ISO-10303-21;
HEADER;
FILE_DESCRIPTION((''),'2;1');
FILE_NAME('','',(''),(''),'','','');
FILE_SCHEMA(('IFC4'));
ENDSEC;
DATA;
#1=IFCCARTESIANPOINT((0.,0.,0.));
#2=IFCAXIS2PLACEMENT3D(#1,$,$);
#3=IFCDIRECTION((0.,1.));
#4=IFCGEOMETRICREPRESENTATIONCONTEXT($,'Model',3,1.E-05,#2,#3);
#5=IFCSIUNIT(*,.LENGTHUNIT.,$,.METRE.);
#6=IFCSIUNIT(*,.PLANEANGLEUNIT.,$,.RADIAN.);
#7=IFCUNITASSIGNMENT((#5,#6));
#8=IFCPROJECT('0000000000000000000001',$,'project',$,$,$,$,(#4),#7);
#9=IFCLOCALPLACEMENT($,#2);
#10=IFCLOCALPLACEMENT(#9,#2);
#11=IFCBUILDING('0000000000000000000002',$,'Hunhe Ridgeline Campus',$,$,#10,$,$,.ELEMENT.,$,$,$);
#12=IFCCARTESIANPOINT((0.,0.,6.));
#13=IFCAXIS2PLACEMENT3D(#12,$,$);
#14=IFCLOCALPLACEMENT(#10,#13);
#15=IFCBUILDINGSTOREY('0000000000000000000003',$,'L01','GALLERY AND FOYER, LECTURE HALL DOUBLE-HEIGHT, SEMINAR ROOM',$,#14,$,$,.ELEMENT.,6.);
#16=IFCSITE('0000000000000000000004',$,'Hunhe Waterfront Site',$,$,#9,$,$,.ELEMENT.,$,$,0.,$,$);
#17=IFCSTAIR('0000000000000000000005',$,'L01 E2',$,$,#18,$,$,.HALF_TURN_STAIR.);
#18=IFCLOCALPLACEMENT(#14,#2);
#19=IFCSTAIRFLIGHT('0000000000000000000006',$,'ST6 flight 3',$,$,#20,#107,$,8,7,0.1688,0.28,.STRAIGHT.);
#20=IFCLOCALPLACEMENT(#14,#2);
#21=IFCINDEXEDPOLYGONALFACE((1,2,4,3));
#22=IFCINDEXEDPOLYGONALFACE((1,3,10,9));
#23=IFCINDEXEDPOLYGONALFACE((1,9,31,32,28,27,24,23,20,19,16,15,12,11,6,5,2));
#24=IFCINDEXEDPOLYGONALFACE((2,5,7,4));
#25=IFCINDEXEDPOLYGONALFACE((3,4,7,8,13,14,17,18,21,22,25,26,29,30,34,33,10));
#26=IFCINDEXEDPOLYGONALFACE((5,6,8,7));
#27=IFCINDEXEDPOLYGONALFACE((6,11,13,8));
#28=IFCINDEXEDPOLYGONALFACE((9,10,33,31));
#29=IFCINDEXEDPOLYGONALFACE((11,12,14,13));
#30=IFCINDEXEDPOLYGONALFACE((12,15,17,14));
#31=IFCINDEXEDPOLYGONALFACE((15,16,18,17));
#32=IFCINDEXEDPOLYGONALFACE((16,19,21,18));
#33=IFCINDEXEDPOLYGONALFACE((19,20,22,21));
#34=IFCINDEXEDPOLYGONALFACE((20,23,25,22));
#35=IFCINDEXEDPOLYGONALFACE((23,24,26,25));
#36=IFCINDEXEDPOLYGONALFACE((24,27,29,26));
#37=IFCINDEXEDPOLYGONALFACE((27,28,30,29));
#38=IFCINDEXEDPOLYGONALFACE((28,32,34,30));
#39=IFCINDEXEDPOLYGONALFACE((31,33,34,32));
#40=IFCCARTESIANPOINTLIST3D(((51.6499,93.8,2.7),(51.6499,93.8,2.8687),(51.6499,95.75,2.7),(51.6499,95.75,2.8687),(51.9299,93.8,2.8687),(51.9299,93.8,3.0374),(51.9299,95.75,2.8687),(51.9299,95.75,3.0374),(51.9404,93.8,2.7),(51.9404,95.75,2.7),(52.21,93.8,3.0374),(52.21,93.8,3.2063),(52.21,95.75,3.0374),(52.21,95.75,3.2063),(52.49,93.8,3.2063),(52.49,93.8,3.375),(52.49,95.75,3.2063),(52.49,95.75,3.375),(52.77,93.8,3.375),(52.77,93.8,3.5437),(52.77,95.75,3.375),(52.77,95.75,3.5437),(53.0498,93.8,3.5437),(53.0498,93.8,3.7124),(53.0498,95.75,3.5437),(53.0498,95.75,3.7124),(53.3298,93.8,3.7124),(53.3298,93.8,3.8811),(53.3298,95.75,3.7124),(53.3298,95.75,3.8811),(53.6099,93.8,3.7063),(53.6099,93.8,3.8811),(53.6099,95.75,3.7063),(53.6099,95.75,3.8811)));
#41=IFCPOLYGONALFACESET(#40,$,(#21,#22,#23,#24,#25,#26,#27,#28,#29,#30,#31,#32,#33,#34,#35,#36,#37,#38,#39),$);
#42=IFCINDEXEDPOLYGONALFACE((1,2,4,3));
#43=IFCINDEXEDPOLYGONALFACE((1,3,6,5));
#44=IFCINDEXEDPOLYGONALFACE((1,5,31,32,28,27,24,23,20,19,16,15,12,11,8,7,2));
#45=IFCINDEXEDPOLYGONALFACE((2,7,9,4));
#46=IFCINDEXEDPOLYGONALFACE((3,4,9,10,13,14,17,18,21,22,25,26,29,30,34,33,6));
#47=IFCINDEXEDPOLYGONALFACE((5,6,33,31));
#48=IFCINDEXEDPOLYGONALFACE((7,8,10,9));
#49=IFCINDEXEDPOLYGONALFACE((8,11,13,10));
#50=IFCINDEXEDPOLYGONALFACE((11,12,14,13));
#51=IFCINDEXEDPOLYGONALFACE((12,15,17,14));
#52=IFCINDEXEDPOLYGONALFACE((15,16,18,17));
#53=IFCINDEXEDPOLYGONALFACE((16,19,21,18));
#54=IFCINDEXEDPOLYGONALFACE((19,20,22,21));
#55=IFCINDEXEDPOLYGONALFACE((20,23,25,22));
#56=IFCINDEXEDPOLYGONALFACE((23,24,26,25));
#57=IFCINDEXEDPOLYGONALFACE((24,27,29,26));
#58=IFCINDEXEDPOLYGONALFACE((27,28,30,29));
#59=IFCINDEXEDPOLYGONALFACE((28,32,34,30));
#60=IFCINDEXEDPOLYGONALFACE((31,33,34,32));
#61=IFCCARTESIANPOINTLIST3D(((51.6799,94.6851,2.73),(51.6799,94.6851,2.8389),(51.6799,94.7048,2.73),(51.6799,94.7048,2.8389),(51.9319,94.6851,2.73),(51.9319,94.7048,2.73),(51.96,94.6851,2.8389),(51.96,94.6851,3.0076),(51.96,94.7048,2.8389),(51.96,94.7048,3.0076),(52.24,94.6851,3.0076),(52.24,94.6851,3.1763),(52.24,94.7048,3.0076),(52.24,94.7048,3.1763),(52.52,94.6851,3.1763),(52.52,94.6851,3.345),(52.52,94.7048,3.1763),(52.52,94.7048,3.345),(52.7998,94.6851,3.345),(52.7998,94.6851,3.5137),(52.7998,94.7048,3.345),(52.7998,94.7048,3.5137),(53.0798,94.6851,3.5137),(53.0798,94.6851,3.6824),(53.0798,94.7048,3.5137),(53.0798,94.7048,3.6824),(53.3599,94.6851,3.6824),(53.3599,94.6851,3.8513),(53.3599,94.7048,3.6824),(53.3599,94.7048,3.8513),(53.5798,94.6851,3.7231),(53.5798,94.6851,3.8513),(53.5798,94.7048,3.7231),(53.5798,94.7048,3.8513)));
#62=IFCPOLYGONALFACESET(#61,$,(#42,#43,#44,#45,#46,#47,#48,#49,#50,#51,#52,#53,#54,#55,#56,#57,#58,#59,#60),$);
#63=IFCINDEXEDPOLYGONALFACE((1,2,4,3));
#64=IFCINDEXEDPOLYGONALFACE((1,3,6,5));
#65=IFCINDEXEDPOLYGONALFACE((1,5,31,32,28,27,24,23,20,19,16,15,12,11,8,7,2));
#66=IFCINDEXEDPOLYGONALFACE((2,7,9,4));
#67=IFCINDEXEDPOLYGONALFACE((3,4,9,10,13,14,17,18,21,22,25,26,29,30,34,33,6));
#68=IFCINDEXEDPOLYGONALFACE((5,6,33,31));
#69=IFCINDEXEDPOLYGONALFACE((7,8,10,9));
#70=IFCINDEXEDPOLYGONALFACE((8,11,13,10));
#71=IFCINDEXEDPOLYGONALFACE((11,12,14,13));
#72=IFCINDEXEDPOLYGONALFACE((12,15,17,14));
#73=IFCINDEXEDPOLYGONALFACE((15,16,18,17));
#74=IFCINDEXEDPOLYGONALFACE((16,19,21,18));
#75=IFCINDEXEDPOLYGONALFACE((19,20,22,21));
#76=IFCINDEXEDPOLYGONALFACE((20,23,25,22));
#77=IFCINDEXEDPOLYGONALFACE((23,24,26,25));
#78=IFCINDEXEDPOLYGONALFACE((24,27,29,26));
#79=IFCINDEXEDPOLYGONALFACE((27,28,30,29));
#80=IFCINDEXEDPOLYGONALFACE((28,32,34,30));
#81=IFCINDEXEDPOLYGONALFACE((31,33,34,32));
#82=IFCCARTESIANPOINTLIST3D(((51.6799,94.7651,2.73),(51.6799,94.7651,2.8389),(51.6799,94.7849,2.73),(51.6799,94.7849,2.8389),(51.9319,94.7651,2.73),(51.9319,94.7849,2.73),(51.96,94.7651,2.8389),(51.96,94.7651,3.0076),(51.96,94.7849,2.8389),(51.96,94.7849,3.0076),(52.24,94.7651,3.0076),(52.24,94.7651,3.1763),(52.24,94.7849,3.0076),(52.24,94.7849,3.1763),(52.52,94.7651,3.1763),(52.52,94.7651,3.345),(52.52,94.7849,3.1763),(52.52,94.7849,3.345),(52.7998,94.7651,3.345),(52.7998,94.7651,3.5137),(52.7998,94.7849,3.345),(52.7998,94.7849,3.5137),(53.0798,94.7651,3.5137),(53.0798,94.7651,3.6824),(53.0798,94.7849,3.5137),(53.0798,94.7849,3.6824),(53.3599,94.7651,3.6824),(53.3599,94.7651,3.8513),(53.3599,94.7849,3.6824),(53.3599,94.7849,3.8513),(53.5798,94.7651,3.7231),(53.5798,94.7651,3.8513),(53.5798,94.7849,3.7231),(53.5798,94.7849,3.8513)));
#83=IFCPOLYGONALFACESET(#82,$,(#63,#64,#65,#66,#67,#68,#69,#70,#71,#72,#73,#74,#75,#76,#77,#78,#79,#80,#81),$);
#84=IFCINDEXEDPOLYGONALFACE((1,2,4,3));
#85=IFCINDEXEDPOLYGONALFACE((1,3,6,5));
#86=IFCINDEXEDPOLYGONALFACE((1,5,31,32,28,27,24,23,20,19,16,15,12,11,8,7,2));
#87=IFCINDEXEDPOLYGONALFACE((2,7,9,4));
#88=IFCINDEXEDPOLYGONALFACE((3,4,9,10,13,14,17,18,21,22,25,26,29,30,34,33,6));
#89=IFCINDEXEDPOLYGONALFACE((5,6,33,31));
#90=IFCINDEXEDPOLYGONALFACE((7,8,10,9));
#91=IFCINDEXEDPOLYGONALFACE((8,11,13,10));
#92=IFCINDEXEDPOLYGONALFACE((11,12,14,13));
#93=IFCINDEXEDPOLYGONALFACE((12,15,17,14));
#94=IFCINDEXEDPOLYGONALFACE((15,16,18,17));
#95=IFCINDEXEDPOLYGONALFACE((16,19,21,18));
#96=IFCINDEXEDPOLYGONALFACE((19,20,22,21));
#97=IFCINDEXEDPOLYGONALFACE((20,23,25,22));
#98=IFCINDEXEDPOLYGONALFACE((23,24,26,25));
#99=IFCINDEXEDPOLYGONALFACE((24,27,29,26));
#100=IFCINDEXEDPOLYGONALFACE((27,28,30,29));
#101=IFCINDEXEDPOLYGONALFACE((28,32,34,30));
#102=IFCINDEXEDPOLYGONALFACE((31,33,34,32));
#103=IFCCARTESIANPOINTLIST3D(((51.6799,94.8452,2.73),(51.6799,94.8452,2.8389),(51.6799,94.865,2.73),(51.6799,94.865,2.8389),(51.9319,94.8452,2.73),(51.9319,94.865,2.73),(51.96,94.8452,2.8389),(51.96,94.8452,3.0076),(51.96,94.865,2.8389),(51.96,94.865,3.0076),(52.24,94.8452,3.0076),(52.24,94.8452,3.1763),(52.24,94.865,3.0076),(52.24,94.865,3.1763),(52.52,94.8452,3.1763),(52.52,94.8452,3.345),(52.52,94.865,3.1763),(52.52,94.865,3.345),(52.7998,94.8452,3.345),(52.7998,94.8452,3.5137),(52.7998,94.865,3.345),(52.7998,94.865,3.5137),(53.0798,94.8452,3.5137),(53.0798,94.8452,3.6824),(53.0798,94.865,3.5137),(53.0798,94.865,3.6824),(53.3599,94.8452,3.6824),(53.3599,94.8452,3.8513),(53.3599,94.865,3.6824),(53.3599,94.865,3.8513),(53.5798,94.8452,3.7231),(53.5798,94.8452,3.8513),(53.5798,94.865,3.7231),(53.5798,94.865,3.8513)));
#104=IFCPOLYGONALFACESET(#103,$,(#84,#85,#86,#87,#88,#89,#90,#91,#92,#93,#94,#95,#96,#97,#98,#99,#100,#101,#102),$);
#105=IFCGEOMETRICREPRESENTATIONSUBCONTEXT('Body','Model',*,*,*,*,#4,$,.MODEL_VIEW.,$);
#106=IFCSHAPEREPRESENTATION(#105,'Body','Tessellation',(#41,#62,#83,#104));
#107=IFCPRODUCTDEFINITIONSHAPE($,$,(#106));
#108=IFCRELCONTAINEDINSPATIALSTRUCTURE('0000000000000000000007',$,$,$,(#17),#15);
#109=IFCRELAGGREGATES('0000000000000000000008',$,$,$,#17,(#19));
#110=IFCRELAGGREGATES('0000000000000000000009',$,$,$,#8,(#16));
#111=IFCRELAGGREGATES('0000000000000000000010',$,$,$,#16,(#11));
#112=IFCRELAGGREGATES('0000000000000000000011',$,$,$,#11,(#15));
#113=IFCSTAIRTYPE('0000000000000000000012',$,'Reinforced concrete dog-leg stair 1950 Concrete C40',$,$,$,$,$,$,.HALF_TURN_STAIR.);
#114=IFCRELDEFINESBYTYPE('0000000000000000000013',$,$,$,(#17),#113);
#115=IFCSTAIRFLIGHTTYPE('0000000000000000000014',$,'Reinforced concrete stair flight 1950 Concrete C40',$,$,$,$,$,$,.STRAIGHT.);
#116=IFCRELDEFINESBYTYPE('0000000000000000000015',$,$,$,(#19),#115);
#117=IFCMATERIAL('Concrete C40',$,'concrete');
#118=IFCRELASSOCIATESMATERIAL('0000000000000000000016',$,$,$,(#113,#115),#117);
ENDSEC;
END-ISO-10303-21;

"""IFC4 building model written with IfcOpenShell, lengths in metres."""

from ifc_helpers import new_model, si_unit, direction, frame, origin, place, context, subcontext, project, spatial, polyline, outline, extrude, material, type_object, element, aggregate, save


model = new_model("IFC4")

# Units and contexts
model_context = context("Model", 3, precision=1e-05, world=origin(), true_north=direction((0.0, 1.0)))
body_context = subcontext(model_context, "Body", "Model", "MODEL_VIEW")
ifc_project = project(units=[si_unit("LENGTHUNIT", "METRE"), si_unit("PLANEANGLEUNIT", "RADIAN")], contexts=[model_context])

# Site, building, storey
site_placement = place(None, origin())
site = spatial("IfcSite", under=ifc_project, at=site_placement, Name="Hunhe Waterfront Site", CompositionType="ELEMENT", RefElevation=0.0)
building_placement = place(site_placement, origin())
building = spatial("IfcBuilding", under=site, at=building_placement, Name="Hunhe Ridgeline Campus", CompositionType="ELEMENT")
storey_placement = place(building_placement, frame((0.0, 0.0, 6.0)))
storey = spatial("IfcBuildingStorey", under=building, at=storey_placement, Name="L01", Description="GALLERY AND FOYER, LECTURE HALL DOUBLE-HEIGHT, SEMINAR ROOM", CompositionType="ELEMENT", Elevation=6.0)

# Stair, stair flight
ifc_material_1 = material(Name="Concrete C40", Category="concrete")
stair_type = type_object("IfcStairType", Name="Reinforced concrete dog-leg stair 1950 Concrete C40", PredefinedType="HALF_TURN_STAIR", material=ifc_material_1)
stair_placement = place(storey_placement, origin())
stair = element("IfcStair", 1, at=stair_placement, inside=storey, type_object=stair_type, Name="L01 E2", PredefinedType="HALF_TURN_STAIR")
stair_flight_type = type_object("IfcStairFlightType", Name="Reinforced concrete stair flight 1950 Concrete C40", PredefinedType="STRAIGHT", material=ifc_material_1)
stair_flight_1_placement = place(storey_placement, frame((51.6499, 94.7749, 2.7), z_axis=(0.0, 0.0, 1.0), x_axis=(1.0, 0.0, 0.0)))
stair_flight_1 = element("IfcStairFlight", 2, at=stair_flight_1_placement, type_object=stair_flight_type, Name="ST6 flight 3", NumberOfRisers=8, NumberOfTreads=7, PredefinedType="STRAIGHT", RiserHeight=0.1688, TreadLength=0.28, context=body_context, shape_type="SweptSolid", body=[
    extrude(outline(polyline([(0.0, 0.0), (0.0, 0.1687), (0.28, 0.1687), (0.28, 0.3374), (0.5601, 0.3374), (0.5601, 0.5063), (0.8401, 0.5063), (0.8401, 0.675), (1.1201, 0.675), (1.1201, 0.8438), (1.3999, 0.8438), (1.3999, 1.0125), (1.6799, 1.0125), (1.6799, 1.1812), (1.96, 1.1812), (1.96, 1.3501), (1.96, 1.0063), (0.2905, 0.0), (0.0, 0.0)])), frame((0.0, 0.9751, 0.0), z_axis=(0.0, -1.0, 0.0), x_axis=(1.0, 0.0, 0.0)), (0.0, 0.0, 1.0), 1.95),
    extrude(outline(polyline([(0.03, 0.03), (0.03, 0.1389), (0.3101, 0.1389), (0.3101, 0.3076), (0.5901, 0.3076), (0.5901, 0.4763), (0.8701, 0.4763), (0.8701, 0.645), (1.1499, 0.645), (1.1499, 0.8137), (1.4299, 0.8137), (1.4299, 0.9824), (1.71, 0.9824), (1.71, 1.1514), (1.9299, 1.1514), (1.9299, 1.0232), (0.282, 0.03), (0.03, 0.03)])), frame((0.0, -0.0701, 0.0), z_axis=(0.0, -1.0, 0.0), x_axis=(1.0, 0.0, 0.0)), (0.0, 0.0, 1.0), 0.0198),
    extrude(outline(polyline([(0.03, 0.03), (0.03, 0.1389), (0.3101, 0.1389), (0.3101, 0.3076), (0.5901, 0.3076), (0.5901, 0.4763), (0.8701, 0.4763), (0.8701, 0.645), (1.1499, 0.645), (1.1499, 0.8137), (1.4299, 0.8137), (1.4299, 0.9824), (1.71, 0.9824), (1.71, 1.1514), (1.9299, 1.1514), (1.9299, 1.0232), (0.282, 0.03), (0.03, 0.03)])), frame((0.0, 0.01, 0.0), z_axis=(0.0, -1.0, 0.0), x_axis=(1.0, 0.0, 0.0)), (0.0, 0.0, 1.0), 0.0198),
    extrude(outline(polyline([(0.03, 0.03), (0.03, 0.1389), (0.3101, 0.1389), (0.3101, 0.3076), (0.5901, 0.3076), (0.5901, 0.4763), (0.8701, 0.4763), (0.8701, 0.645), (1.1499, 0.645), (1.1499, 0.8137), (1.4299, 0.8137), (1.4299, 0.9824), (1.71, 0.9824), (1.71, 1.1514), (1.9299, 1.1514), (1.9299, 1.0232), (0.282, 0.03), (0.03, 0.03)])), frame((0.0, 0.0901, 0.0), z_axis=(0.0, -1.0, 0.0), x_axis=(1.0, 0.0, 0.0)), (0.0, 0.0, 1.0), 0.0198),
])
aggregate(stair, [stair_flight_1])

save(model, "model.ifc")
